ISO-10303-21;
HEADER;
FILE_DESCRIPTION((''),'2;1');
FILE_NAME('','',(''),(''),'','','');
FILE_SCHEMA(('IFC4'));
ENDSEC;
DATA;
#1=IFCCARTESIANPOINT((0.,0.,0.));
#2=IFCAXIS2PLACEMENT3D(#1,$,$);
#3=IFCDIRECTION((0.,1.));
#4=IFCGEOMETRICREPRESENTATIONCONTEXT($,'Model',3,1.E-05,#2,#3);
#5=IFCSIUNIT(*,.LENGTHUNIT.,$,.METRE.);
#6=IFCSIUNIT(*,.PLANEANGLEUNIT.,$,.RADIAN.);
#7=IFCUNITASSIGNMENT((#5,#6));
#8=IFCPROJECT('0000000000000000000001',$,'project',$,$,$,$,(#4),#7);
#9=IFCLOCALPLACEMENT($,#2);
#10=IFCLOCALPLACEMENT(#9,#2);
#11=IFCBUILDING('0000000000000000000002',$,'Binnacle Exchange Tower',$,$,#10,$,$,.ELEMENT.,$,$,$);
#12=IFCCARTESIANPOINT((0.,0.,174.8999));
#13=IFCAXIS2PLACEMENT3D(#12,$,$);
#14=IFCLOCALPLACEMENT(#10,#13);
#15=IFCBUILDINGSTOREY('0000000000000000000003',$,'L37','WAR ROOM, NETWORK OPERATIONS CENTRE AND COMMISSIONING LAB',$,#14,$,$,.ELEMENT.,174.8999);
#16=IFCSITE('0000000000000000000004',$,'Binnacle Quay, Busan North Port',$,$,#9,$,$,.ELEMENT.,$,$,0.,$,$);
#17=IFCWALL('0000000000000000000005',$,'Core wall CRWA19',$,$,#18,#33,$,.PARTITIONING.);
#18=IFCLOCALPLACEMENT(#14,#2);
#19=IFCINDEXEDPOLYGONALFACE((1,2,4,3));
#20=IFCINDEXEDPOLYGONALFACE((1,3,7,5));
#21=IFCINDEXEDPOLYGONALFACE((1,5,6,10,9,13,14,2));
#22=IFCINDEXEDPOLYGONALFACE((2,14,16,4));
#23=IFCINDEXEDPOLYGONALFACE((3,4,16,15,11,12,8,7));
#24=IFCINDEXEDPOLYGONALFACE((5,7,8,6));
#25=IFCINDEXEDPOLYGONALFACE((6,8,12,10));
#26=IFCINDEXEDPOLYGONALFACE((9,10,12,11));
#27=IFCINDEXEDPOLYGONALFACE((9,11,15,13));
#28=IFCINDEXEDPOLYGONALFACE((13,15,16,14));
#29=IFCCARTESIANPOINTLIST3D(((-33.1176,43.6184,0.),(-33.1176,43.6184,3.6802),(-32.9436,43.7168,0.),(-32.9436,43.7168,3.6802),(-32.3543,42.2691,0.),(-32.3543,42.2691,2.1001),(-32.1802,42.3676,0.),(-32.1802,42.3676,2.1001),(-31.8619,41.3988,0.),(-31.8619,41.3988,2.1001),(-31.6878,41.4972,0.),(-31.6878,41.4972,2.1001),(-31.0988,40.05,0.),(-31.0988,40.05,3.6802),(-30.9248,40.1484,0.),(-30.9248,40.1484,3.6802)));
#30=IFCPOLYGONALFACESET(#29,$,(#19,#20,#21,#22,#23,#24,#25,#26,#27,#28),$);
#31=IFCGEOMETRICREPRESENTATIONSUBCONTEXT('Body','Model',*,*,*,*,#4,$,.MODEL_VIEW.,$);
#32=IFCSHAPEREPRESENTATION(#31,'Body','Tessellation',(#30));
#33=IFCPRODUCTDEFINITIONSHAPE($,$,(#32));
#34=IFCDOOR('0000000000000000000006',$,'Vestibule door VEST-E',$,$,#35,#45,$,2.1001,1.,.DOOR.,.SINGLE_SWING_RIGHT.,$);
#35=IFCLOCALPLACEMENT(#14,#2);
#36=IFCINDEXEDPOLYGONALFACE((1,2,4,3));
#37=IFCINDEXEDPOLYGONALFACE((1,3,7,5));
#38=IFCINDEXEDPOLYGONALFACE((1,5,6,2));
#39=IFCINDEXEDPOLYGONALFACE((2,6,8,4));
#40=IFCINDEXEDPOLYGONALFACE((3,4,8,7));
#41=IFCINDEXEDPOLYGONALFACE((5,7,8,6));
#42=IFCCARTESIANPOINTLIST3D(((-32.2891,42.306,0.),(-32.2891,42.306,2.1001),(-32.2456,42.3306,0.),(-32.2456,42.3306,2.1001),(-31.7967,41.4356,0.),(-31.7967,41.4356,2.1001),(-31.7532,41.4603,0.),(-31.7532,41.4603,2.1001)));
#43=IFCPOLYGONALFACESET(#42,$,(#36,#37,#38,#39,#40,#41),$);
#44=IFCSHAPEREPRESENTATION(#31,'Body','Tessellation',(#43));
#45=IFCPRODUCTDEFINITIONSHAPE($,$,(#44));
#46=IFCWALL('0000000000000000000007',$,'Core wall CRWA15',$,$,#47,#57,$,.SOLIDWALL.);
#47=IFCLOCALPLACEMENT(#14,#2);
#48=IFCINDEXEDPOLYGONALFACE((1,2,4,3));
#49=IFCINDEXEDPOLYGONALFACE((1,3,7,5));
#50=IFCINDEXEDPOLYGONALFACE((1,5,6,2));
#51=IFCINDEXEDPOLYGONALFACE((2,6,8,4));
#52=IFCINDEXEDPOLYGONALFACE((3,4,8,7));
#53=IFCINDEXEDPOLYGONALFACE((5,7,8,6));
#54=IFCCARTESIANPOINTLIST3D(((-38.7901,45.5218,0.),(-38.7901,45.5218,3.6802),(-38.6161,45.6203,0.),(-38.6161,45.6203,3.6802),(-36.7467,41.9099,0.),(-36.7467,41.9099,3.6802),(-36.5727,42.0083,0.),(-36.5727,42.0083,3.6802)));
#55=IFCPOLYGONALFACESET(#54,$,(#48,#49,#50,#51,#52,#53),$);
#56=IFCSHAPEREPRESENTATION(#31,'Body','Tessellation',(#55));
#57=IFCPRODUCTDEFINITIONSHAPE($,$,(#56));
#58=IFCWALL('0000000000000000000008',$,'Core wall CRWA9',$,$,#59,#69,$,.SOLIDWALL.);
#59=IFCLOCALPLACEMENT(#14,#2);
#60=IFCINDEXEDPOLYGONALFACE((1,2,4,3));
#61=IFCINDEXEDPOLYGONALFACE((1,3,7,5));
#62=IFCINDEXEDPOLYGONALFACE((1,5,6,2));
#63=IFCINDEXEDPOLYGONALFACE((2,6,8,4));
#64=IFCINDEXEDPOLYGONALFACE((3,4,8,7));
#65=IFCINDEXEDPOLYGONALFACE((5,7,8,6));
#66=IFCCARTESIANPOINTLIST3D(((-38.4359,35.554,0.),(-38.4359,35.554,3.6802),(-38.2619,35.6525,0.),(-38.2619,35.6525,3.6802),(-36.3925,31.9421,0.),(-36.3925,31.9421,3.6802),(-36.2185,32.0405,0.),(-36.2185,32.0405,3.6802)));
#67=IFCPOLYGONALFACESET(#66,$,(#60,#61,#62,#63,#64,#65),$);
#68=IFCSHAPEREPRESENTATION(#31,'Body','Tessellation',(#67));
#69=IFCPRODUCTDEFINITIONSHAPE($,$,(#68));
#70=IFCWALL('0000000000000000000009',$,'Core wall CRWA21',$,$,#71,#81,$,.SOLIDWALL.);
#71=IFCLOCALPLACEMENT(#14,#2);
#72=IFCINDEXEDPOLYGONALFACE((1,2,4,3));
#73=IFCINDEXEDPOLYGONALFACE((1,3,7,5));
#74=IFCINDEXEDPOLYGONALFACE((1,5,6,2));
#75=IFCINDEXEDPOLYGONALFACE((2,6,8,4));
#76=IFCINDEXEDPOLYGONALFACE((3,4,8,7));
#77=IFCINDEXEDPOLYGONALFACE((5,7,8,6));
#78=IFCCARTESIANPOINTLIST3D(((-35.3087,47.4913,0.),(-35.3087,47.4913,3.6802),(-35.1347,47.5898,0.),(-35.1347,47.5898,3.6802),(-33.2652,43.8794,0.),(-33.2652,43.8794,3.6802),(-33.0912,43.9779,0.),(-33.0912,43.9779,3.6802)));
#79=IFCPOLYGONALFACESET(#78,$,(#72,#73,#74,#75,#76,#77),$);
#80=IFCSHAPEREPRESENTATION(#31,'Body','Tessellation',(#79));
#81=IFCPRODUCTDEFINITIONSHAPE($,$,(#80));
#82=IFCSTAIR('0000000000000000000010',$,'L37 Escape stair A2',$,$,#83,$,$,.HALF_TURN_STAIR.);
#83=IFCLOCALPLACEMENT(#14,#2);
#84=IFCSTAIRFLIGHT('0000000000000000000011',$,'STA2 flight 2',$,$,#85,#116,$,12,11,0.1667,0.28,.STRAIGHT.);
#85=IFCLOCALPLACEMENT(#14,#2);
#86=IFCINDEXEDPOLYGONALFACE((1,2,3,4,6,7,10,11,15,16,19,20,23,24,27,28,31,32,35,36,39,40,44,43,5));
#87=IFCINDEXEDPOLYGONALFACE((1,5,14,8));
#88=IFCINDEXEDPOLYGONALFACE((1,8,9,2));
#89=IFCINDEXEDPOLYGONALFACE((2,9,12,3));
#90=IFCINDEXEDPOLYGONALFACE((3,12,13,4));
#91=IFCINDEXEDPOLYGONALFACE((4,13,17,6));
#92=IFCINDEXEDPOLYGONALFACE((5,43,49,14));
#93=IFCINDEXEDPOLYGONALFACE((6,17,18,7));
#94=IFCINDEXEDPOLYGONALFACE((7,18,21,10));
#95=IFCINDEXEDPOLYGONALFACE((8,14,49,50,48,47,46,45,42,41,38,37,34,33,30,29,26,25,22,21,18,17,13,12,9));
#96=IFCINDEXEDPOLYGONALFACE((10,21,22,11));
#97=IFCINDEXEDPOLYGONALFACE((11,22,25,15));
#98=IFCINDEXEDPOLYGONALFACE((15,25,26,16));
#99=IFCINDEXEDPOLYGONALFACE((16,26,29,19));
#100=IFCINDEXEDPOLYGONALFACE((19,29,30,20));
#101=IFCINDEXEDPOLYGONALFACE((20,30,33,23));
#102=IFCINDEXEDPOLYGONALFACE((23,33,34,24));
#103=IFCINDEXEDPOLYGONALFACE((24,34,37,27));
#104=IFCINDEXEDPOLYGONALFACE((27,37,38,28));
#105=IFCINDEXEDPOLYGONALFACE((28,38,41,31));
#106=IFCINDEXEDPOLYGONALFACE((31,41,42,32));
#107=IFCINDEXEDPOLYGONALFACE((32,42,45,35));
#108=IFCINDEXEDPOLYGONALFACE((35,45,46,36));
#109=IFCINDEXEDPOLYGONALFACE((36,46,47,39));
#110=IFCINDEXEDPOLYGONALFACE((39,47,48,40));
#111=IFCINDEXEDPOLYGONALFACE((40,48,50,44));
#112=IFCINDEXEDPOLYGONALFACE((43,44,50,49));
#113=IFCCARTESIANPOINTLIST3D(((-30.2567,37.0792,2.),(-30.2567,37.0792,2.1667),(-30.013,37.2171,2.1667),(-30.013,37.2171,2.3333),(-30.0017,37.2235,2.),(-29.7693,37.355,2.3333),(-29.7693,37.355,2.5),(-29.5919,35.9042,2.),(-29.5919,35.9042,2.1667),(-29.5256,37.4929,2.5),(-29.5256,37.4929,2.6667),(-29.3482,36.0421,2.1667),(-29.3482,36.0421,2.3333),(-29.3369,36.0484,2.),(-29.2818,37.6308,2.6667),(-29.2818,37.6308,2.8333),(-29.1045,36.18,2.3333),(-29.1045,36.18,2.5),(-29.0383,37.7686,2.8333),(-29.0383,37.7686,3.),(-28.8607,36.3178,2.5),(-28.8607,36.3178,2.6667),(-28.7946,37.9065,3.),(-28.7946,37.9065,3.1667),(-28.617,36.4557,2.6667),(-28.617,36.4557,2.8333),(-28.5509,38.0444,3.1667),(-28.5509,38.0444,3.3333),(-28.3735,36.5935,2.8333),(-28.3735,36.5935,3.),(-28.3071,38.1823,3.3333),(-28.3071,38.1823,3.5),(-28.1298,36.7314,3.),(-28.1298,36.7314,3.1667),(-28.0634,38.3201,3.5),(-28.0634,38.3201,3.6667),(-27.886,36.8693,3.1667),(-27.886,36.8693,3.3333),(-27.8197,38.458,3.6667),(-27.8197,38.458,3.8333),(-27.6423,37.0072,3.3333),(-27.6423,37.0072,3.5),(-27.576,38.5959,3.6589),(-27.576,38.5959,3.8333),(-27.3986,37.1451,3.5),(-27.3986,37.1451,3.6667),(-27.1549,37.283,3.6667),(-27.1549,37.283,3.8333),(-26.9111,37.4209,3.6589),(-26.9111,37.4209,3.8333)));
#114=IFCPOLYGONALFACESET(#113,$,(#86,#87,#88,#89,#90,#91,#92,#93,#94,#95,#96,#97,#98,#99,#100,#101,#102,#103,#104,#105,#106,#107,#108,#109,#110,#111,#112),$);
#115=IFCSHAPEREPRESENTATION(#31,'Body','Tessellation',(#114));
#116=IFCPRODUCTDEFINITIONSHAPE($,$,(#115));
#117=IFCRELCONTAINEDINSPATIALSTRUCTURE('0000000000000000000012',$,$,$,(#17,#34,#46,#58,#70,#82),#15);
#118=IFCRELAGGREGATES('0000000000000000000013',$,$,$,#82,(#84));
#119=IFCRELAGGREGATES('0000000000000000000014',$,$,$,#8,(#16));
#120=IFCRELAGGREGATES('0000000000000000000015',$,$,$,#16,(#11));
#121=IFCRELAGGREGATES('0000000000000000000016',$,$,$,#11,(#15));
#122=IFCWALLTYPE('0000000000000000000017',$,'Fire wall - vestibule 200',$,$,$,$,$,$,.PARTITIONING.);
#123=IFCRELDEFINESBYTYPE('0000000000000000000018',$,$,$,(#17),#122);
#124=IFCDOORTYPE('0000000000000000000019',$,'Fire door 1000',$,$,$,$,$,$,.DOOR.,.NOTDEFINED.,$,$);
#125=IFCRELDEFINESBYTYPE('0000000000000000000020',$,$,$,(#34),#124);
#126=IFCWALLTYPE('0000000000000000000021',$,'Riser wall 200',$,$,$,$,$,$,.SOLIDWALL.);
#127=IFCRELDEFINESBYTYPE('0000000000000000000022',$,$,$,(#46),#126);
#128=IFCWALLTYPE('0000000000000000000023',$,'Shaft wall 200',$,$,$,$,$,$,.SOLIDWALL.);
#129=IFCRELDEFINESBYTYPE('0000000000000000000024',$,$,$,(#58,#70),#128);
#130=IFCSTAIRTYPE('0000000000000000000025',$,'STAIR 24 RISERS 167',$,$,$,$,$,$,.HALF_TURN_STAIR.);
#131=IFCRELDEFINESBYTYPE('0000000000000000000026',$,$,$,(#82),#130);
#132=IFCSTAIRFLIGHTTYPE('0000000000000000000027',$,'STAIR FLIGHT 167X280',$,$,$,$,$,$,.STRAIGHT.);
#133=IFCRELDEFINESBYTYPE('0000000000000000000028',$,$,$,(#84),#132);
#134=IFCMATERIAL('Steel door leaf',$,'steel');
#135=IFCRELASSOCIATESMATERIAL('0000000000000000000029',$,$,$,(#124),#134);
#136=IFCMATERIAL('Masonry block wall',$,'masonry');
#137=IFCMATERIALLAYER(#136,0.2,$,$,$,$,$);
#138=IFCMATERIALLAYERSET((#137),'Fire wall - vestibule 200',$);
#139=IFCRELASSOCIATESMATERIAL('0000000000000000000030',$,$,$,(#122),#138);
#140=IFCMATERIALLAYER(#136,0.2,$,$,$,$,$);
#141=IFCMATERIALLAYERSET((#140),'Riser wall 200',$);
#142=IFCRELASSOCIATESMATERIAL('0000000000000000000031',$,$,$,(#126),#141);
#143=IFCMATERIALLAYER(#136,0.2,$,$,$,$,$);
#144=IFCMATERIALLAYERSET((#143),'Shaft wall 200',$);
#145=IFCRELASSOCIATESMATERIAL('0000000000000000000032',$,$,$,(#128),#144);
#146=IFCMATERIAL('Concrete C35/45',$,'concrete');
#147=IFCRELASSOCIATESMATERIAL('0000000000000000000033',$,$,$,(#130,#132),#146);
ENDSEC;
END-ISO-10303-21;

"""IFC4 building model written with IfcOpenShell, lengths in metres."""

from ifc_helpers import new_model, si_unit, direction, frame, frame_2d, origin, place, context, subcontext, project, spatial, polyline, rectangle, outline, extrude, material, layer, layer_set, type_object, element, fill, aggregate, save


model = new_model("IFC4")

# Units and contexts
model_context = context("Model", 3, precision=1e-05, world=origin(), true_north=direction((0.0, 1.0)))
body_context = subcontext(model_context, "Body", "Model", "MODEL_VIEW")
ifc_project = project(units=[si_unit("LENGTHUNIT", "METRE"), si_unit("PLANEANGLEUNIT", "RADIAN")], contexts=[model_context])

# Site, building, storey
site_placement = place(None, origin())
site = spatial("IfcSite", under=ifc_project, at=site_placement, Name="Binnacle Quay, Busan North Port", CompositionType="ELEMENT", RefElevation=0.0)
building_placement = place(site_placement, origin())
building = spatial("IfcBuilding", under=site, at=building_placement, Name="Binnacle Exchange Tower", CompositionType="ELEMENT")
storey_placement = place(building_placement, frame((0.0, 0.0, 174.8999)))
storey = spatial("IfcBuildingStorey", under=building, at=storey_placement, Name="L37", Description="WAR ROOM, NETWORK OPERATIONS CENTRE AND COMMISSIONING LAB", CompositionType="ELEMENT", Elevation=174.8999)

# Shared definitions
ifc_material_1 = material(Name="Steel door leaf", Category="steel")

# Shared definitions
door_type_1 = type_object("IfcDoorType", Name="Fire door 1000", OperationType="NOTDEFINED", PredefinedType="DOOR", material=ifc_material_1)

# Wall, opening, door
ifc_material_2 = material(Name="Masonry block wall", Category="masonry")
ifc_layer_1 = layer(ifc_material_2, 0.2)
ifc_layer_set_1 = layer_set([ifc_layer_1], Name="Fire wall - vestibule 200")
wall_type_1 = type_object("IfcWallType", Name="Fire wall - vestibule 200", PredefinedType="PARTITIONING", material=ifc_layer_set_1)
wall_1_placement = place(storey_placement, frame((-33.0305, 43.6675, 0.0), z_axis=(0.0, 0.0, 1.0), x_axis=(0.492408, -0.870364, 0.0)))
wall_1 = element("IfcWall", 1, at=wall_1_placement, inside=storey, type_object=wall_type_1, Name="Core wall CRWA19", PredefinedType="PARTITIONING", context=body_context, shape_type="SweptSolid", body=[
    extrude(rectangle(XDim=4.0999, YDim=0.2, at=frame_2d((2.0498, 0.0))), origin(), (0.0, 0.0, 1.0), 3.6802),
])
opening_1_placement = place(wall_1_placement, frame((1.55, 0.0, 0.0)))
opening_1 = element("IfcOpeningElement", 2, at=opening_1_placement, cuts=wall_1, PredefinedType="OPENING", context=body_context, shape_type="SweptSolid", body=[
    extrude(rectangle(XDim=1.0, YDim=2.1001, at=frame_2d((0.5, 1.05))), frame((0.0, 0.1099, 0.0), z_axis=(0.0, -1.0, 0.0), x_axis=(1.0, 0.0, 0.0)), (0.0, 0.0, 1.0), 0.22),
])
door_1_placement = place(opening_1_placement, origin())
door_1 = element("IfcDoor", 3, at=door_1_placement, inside=storey, type_object=door_type_1, Name="Vestibule door VEST-E", OperationType="SINGLE_SWING_RIGHT", OverallHeight=2.1001, OverallWidth=1.0, PredefinedType="DOOR", context=body_context, shape_type="SweptSolid", body=[
    extrude(rectangle(XDim=1.0, YDim=2.1001, at=frame_2d((0.5, 1.05))), frame((0.0, 0.0249, 0.0), z_axis=(0.0, -1.0, 0.0), x_axis=(1.0, 0.0, 0.0)), (0.0, 0.0, 1.0), 0.05),
])
fill(opening_1, door_1)

# Walls
ifc_layer_2 = layer(ifc_material_2, 0.2)
ifc_layer_set_2 = layer_set([ifc_layer_2], Name="Riser wall 200")
wall_type_2 = type_object("IfcWallType", Name="Riser wall 200", PredefinedType="SOLIDWALL", material=ifc_layer_set_2)
wall_2_placement = place(storey_placement, frame((-38.7031, 45.571, 0.0), z_axis=(0.0, 0.0, 1.0), x_axis=(0.492396, -0.870371, 0.0)))
element("IfcWall", 4, at=wall_2_placement, inside=storey, type_object=wall_type_2, Name="Core wall CRWA15", PredefinedType="SOLIDWALL", context=body_context, shape_type="SweptSolid", body=[
    extrude(rectangle(XDim=4.1499, YDim=0.2, at=frame_2d((2.075, 0.0))), origin(), (0.0, 0.0, 1.0), 3.6802),
])
ifc_layer_3 = layer(ifc_material_2, 0.2)
ifc_layer_set_3 = layer_set([ifc_layer_3], Name="Shaft wall 200")
wall_type_3 = type_object("IfcWallType", Name="Shaft wall 200", PredefinedType="SOLIDWALL", material=ifc_layer_set_3)
for number, where, z_axis, x_axis, name in (
    (5, (-38.3489, 35.6033, 0.0), (0.0, 0.0, 1.0), (0.492396, -0.870371, 0.0), "Core wall CRWA9"),
    (6, (-35.2217, 47.5405, 0.0), (0.0, 0.0, 1.0), (0.492422, -0.870357, 0.0), "Core wall CRWA21"),
):
    element("IfcWall", number, at=place(storey_placement, frame(where, z_axis=z_axis, x_axis=x_axis)), inside=storey, type_object=wall_type_3, Name=name, PredefinedType="SOLIDWALL", context=body_context, shape_type="SweptSolid", body=[
        extrude(rectangle(XDim=4.1499, YDim=0.2, at=frame_2d((2.075, 0.0))), origin(), (0.0, 0.0, 1.0), 3.6802),
    ])

# Stair, stair flight
ifc_material_3 = material(Name="Concrete C35/45", Category="concrete")
stair_type = type_object("IfcStairType", Name="STAIR 24 RISERS 167", PredefinedType="HALF_TURN_STAIR", material=ifc_material_3)
stair_placement = place(storey_placement, origin())
stair = element("IfcStair", 7, at=stair_placement, inside=storey, type_object=stair_type, Name="L37 Escape stair A2", PredefinedType="HALF_TURN_STAIR")
stair_flight_type = type_object("IfcStairFlightType", Name="STAIR FLIGHT 167X280", PredefinedType="STRAIGHT", material=ifc_material_3)
stair_flight_placement = place(storey_placement, frame((-29.9243, 36.4917, 2.0), z_axis=(0.0, 0.0, 1.0), x_axis=(0.870356, 0.492424, 0.0)))
stair_flight = element("IfcStairFlight", 8, at=stair_flight_placement, type_object=stair_flight_type, Name="STA2 flight 2", NumberOfRisers=12, NumberOfTreads=11, PredefinedType="STRAIGHT", RiserHeight=0.1667, TreadLength=0.28, context=body_context, shape_type="SweptSolid", body=[
    extrude(outline(polyline([(0.0, 0.0), (0.0, 0.1667), (0.28, 0.1667), (0.28, 0.3333), (0.5601, 0.3333), (0.5601, 0.5), (0.8401, 0.5), (0.8401, 0.6667), (1.1201, 0.6667), (1.1201, 0.8333), (1.3999, 0.8333), (1.3999, 1.0), (1.6799, 1.0), (1.6799, 1.1667), (1.96, 1.1667), (1.96, 1.3333), (2.24, 1.3333), (2.24, 1.5), (2.52, 1.5), (2.52, 1.6667), (2.8, 1.6667), (2.8, 1.8333), (3.0801, 1.8333), (3.0801, 2.0), (3.0801, 1.6589), (0.293, 0.0), (0.0, 0.0)])), frame((0.0, 0.675, 0.0), z_axis=(0.0, -1.0, 0.0), x_axis=(1.0, 0.0, 0.0)), (0.0, 0.0, 1.0), 1.3501),
])
aggregate(stair, [stair_flight])

save(model, "model.ifc")
